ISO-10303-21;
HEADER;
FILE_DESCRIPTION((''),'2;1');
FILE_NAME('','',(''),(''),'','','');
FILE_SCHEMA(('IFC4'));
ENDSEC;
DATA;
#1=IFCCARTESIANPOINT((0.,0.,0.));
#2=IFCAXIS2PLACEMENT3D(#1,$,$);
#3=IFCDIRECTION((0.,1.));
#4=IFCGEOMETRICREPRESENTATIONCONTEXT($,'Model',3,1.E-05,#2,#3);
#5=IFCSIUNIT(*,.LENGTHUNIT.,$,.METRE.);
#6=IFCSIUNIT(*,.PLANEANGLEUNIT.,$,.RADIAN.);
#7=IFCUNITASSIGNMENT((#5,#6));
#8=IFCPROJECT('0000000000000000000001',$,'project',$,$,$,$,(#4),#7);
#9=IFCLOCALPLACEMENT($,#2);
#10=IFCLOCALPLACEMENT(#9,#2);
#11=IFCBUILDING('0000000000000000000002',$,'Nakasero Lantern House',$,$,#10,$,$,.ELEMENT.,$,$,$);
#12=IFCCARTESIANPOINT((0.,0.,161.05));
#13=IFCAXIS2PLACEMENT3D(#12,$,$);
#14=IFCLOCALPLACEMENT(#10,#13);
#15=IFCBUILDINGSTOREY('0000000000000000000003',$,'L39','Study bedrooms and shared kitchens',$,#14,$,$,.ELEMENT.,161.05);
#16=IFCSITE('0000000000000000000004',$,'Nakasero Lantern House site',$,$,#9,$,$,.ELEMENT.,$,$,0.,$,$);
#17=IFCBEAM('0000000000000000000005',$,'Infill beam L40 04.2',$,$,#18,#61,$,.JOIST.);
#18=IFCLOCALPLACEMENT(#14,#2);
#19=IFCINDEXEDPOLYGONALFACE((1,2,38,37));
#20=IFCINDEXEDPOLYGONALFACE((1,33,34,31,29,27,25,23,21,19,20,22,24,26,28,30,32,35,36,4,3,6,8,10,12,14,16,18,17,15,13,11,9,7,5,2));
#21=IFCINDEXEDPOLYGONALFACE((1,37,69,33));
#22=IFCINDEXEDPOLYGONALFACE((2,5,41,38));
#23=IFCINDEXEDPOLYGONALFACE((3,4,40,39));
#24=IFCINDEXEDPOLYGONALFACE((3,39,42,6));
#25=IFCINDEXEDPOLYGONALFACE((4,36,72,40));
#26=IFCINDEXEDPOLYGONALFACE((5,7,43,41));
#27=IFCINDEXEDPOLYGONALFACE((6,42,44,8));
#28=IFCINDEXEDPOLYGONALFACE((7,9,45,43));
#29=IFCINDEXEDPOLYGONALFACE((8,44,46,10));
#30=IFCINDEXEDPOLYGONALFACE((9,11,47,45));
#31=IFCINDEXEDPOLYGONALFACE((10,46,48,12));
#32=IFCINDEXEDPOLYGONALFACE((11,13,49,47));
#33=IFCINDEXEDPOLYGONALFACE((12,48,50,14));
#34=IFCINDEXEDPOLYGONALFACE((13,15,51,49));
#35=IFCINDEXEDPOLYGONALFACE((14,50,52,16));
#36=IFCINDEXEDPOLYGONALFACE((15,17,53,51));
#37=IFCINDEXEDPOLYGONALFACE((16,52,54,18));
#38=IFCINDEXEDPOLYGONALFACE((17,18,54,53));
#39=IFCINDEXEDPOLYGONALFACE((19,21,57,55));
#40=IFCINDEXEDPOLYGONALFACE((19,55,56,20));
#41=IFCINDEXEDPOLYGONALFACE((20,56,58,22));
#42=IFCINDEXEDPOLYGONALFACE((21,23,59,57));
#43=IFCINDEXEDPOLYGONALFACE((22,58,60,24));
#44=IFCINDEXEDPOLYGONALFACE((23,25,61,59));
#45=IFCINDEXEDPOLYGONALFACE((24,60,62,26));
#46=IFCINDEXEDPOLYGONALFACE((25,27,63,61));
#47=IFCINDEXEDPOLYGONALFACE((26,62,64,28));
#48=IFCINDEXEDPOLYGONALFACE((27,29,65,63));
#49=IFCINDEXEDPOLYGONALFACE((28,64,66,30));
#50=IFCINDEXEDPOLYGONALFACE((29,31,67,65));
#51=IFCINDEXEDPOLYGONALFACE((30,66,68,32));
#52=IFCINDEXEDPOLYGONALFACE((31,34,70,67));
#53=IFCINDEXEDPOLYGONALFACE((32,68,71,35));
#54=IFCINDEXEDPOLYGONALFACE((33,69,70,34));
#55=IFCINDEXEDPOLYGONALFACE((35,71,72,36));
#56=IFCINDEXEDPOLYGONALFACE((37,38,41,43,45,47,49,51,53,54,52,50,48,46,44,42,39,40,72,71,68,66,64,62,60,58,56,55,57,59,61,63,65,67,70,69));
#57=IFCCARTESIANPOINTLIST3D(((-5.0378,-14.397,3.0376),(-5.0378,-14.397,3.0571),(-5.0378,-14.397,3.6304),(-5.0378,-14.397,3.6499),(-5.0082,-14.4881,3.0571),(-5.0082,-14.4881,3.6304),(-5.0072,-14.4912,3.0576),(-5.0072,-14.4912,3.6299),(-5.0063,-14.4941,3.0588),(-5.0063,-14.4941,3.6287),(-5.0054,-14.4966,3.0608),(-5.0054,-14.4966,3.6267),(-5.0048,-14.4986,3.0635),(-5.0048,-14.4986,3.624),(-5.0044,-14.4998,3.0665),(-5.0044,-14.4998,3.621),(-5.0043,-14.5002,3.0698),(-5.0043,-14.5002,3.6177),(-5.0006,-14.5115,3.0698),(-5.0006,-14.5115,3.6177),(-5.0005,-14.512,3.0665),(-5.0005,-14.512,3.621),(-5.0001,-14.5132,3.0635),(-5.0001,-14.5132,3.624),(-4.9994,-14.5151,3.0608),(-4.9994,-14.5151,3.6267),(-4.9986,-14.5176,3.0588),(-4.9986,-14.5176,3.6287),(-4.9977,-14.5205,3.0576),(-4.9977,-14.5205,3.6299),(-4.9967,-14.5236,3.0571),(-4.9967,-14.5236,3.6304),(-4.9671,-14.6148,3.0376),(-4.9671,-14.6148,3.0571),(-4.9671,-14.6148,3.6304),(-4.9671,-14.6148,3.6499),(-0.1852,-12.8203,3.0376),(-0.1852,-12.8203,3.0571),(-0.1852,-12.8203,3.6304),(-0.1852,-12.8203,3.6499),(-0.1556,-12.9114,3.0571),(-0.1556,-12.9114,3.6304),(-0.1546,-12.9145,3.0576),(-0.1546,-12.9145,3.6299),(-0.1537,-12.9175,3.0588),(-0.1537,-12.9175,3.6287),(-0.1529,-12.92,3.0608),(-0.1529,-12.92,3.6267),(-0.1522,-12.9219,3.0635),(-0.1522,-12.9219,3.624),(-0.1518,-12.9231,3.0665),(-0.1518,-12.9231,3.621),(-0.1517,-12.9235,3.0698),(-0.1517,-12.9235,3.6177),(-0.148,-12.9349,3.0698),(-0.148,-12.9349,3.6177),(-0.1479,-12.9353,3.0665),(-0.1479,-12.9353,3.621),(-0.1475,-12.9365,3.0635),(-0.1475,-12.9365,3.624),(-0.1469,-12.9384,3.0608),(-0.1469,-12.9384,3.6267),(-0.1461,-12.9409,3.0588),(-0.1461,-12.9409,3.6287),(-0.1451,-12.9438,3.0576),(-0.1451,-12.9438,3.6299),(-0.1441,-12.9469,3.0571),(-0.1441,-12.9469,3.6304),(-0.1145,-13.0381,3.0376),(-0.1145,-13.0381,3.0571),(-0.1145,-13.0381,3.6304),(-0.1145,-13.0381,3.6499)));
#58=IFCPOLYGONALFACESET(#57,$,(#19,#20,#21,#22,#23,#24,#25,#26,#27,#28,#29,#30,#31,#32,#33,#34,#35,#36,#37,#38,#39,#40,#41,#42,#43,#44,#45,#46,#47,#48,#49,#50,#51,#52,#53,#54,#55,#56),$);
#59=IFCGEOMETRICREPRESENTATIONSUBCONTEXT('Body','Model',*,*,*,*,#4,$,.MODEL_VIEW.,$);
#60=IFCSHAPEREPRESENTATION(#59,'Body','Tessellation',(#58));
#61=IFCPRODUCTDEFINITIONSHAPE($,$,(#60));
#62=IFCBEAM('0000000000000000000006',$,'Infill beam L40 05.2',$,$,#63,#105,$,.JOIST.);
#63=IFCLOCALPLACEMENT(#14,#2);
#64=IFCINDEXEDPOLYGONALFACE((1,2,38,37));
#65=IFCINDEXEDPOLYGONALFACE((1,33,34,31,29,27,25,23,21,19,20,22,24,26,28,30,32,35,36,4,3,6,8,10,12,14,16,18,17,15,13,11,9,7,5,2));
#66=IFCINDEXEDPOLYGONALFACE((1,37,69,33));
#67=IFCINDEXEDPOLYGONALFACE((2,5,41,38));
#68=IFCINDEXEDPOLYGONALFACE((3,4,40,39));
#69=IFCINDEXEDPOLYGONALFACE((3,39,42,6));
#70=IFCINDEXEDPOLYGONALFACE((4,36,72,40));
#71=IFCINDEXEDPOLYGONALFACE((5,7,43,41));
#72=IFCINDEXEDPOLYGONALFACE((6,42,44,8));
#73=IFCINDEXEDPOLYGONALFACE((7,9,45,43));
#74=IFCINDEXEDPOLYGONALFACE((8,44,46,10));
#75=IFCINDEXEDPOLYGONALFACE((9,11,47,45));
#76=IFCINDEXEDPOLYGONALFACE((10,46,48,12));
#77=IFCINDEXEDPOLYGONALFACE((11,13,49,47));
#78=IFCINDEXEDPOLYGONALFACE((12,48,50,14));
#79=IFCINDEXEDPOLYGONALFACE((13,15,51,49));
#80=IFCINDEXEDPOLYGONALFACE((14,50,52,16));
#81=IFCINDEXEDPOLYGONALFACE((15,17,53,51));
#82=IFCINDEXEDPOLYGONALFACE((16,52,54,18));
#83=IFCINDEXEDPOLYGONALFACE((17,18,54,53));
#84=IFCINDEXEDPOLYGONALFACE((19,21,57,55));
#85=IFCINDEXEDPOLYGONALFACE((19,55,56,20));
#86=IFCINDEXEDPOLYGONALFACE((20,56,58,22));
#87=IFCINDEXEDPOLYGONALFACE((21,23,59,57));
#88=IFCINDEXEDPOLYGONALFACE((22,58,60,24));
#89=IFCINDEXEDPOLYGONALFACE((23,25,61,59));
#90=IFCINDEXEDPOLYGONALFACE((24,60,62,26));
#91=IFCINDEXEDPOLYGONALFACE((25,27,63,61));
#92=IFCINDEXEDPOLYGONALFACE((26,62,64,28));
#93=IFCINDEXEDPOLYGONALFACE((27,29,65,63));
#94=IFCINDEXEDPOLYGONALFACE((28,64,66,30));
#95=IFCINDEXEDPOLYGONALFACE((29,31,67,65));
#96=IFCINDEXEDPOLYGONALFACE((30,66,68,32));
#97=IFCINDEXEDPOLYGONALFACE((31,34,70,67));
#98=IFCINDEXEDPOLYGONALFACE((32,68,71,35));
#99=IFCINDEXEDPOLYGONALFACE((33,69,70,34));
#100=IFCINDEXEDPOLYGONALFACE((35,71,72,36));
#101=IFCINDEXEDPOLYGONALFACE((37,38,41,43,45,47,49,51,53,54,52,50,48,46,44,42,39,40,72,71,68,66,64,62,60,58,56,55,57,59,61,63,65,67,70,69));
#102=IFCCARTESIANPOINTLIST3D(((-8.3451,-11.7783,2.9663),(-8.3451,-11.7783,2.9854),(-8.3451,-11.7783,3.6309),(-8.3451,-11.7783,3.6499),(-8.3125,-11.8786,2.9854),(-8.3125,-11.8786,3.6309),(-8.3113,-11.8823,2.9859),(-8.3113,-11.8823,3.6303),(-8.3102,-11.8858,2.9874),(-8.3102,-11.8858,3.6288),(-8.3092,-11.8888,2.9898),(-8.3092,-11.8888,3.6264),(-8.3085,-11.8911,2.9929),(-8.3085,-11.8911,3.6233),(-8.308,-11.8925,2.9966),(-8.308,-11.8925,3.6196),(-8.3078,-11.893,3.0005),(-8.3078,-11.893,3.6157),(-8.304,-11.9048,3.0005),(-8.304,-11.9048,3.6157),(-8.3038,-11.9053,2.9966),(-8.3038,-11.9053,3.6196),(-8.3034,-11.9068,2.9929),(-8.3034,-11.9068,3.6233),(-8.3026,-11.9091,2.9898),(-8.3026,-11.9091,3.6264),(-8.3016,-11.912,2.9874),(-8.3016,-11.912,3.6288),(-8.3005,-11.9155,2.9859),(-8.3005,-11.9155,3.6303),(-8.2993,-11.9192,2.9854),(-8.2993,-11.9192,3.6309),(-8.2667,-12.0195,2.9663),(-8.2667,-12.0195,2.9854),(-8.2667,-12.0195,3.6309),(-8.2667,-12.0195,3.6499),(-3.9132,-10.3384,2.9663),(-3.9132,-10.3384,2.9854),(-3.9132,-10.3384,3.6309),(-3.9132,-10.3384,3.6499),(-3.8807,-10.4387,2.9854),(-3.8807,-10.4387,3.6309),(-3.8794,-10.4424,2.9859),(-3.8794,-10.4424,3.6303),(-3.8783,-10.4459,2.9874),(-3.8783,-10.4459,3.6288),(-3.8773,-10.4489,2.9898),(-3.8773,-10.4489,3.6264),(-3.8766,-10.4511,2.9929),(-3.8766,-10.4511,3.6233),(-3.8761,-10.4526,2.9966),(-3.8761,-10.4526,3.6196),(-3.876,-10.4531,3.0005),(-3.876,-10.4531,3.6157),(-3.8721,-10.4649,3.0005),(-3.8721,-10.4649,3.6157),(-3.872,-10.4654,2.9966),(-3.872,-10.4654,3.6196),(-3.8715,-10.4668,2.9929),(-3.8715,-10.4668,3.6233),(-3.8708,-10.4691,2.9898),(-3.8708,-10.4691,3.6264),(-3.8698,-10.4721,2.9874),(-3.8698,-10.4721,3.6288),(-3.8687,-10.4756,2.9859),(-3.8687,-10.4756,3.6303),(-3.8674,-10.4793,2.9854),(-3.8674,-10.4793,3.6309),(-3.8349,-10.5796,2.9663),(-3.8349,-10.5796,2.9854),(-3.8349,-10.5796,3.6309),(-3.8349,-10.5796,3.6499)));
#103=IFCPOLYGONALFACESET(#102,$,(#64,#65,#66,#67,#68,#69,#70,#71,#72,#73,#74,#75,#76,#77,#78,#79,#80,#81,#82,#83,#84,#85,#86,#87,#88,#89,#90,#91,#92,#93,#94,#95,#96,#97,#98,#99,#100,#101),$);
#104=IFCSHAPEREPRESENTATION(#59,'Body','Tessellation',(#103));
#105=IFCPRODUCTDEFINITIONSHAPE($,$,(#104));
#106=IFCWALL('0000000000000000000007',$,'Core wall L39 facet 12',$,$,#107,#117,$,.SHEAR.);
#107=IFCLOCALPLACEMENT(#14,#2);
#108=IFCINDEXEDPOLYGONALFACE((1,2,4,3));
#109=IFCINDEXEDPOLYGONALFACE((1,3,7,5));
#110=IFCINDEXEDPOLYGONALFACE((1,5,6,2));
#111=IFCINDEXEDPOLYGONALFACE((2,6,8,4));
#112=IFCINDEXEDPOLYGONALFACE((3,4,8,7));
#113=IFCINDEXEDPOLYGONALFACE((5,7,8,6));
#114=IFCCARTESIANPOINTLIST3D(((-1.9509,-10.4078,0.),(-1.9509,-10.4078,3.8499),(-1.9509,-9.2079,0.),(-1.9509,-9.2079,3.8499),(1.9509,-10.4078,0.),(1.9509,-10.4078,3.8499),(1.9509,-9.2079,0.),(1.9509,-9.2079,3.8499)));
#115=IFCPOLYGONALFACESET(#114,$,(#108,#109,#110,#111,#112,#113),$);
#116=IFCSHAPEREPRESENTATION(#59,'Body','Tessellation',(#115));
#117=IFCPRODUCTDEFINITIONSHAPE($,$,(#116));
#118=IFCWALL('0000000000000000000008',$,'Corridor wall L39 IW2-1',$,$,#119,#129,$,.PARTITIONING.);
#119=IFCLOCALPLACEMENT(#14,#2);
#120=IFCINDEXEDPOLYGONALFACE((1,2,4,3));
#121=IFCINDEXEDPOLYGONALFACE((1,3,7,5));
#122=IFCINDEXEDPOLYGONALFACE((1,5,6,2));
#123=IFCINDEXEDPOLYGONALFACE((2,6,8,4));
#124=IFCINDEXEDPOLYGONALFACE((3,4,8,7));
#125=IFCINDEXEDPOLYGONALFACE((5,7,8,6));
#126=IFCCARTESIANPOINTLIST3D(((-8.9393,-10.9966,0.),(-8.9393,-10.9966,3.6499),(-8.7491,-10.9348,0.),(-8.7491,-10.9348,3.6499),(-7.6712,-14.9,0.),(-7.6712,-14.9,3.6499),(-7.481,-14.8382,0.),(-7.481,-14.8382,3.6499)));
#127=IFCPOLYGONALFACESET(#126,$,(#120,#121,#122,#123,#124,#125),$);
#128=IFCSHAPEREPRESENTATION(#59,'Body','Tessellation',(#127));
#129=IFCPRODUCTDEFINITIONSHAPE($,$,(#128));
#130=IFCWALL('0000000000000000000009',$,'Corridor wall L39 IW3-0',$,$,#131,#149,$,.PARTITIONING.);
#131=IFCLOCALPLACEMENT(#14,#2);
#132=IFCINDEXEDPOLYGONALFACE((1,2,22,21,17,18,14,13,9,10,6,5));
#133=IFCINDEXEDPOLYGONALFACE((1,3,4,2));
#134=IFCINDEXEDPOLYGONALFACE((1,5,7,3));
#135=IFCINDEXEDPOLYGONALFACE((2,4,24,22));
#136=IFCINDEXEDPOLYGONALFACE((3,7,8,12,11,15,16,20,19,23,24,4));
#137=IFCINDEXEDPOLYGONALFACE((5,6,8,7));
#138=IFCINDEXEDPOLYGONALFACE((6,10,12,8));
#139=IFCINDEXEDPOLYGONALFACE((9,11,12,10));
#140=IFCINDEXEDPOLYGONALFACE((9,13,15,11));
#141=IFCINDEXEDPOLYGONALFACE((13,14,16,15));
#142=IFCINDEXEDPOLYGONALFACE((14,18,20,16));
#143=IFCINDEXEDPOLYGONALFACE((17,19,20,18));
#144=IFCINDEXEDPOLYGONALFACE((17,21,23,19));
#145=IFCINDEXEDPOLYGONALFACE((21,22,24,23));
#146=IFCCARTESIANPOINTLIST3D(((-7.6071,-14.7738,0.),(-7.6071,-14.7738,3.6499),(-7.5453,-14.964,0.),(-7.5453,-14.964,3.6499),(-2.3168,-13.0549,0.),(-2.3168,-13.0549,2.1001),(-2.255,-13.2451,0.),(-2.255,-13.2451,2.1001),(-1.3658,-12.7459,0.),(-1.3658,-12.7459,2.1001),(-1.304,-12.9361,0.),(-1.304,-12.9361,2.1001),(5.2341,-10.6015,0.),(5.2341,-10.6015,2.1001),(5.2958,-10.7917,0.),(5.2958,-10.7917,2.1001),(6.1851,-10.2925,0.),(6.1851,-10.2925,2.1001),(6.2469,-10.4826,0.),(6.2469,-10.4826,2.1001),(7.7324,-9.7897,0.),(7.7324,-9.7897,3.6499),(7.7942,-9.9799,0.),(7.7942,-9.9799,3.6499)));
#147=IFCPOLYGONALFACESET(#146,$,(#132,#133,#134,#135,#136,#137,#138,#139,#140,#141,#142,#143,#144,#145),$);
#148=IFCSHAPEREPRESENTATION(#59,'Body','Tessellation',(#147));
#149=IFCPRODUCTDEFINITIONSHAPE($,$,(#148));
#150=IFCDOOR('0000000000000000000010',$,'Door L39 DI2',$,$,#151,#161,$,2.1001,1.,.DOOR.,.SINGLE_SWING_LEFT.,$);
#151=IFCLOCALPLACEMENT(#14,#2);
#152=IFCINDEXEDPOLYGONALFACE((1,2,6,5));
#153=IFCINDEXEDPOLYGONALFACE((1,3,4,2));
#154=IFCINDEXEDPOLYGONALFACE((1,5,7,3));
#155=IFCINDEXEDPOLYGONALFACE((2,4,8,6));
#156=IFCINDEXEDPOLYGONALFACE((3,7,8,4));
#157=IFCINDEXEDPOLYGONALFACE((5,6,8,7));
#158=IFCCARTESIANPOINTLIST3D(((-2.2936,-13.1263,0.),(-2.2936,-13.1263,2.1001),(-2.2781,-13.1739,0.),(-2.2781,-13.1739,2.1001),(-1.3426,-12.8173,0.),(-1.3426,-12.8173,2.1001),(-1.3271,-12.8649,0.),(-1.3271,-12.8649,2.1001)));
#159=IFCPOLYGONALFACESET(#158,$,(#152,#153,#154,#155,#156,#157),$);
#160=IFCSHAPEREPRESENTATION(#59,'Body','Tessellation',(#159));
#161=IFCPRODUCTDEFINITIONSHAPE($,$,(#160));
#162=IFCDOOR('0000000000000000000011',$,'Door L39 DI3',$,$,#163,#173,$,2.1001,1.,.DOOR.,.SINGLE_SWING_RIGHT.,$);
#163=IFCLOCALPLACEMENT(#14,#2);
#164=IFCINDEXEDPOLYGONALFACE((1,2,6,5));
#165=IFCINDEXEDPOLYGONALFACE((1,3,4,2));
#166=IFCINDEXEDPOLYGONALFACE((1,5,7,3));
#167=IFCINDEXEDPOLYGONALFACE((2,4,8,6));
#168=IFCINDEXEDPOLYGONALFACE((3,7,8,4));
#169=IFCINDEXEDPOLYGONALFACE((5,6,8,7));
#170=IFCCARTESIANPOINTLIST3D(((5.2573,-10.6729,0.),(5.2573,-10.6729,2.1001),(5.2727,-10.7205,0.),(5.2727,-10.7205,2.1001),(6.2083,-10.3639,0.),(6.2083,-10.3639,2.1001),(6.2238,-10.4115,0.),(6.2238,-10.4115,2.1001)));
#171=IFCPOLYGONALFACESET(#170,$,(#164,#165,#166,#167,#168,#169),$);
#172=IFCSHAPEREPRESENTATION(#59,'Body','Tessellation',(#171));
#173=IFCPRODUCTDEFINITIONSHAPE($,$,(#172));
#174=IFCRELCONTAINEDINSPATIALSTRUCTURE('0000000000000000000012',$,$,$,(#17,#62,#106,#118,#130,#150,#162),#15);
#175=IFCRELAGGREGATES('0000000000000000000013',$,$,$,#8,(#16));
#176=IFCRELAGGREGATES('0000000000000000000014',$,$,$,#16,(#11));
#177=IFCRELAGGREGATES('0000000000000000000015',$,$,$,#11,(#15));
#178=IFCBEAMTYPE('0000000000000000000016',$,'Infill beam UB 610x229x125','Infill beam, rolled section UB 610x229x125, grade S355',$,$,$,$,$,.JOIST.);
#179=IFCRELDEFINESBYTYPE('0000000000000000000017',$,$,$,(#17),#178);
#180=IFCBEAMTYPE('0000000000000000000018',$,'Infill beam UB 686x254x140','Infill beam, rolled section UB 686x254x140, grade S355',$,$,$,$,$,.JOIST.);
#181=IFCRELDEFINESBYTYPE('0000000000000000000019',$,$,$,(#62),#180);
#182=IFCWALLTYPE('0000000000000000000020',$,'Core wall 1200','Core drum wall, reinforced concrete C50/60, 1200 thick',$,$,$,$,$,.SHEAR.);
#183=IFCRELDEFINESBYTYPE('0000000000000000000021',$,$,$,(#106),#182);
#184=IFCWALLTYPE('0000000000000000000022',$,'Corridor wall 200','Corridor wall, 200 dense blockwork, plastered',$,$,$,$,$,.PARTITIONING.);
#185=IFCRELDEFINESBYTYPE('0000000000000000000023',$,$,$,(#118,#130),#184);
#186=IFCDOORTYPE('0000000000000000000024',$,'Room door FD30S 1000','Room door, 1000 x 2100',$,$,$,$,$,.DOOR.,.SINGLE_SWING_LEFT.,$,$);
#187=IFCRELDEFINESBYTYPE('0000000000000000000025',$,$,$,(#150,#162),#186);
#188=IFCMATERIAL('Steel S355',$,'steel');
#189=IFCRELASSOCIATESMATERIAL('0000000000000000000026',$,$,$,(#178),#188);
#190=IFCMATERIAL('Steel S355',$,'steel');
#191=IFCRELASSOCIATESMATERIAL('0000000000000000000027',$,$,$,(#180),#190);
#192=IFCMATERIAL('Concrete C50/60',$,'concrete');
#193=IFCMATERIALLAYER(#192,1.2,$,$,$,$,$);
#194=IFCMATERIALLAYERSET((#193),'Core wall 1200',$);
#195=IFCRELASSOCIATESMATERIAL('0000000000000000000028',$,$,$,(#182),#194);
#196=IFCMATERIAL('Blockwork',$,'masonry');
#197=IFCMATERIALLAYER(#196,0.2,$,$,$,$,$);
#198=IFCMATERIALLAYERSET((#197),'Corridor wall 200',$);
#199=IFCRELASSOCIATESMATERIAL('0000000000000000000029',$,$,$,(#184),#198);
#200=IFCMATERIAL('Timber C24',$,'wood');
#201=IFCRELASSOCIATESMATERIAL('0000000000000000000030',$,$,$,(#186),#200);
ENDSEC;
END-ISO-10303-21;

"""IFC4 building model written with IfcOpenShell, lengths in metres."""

from ifc_helpers import new_model, si_unit, direction, frame, frame_2d, origin, origin_2d, place, context, subcontext, project, spatial, rectangle, i_section, extrude, material, layer, layer_set, material_profile, profile_set, type_object, element, fill, save


model = new_model("IFC4")

# Units and contexts
model_context = context("Model", 3, precision=1e-05, world=origin(), true_north=direction((0.0, 1.0)))
body_context = subcontext(model_context, "Body", "Model", "MODEL_VIEW")
ifc_project = project(units=[si_unit("LENGTHUNIT", "METRE"), si_unit("PLANEANGLEUNIT", "RADIAN")], contexts=[model_context])

# Site, building, storey
site_placement = place(None, origin())
site = spatial("IfcSite", under=ifc_project, at=site_placement, Name="Nakasero Lantern House site", CompositionType="ELEMENT", RefElevation=0.0)
building_placement = place(site_placement, origin())
building = spatial("IfcBuilding", under=site, at=building_placement, Name="Nakasero Lantern House", CompositionType="ELEMENT")
storey_placement = place(building_placement, frame((0.0, 0.0, 161.05)))
storey = spatial("IfcBuildingStorey", under=building, at=storey_placement, Name="L39", Description="Study bedrooms and shared kitchens", CompositionType="ELEMENT", Elevation=161.05)

# Beams
ifc_material_1 = material(Name="Steel S355", Category="steel")
ifc_material_profile_1 = material_profile(ifc_material_1, i_section(OverallWidth=0.229, OverallDepth=0.6123, WebThickness=0.012, FlangeThickness=0.0195, FilletRadius=0.0127, at=origin_2d()), Name="UB 610x229x125")
ifc_profile_set_1 = profile_set([ifc_material_profile_1], Name="Steel S355")
beam_type_1 = type_object("IfcBeamType", Name="Infill beam UB 610x229x125", Description="Infill beam, rolled section UB 610x229x125, grade S355", PredefinedType="JOIST", material=ifc_profile_set_1)
beam_1_placement = place(storey_placement, frame((-5.0024, -14.5059, 3.3438), z_axis=(0.951058, 0.309012, 0.0), x_axis=(-0.309012, 0.951058, 0.0)))
element("IfcBeam", 1, at=beam_1_placement, inside=storey, type_object=beam_type_1, Name="Infill beam L40 04.2", PredefinedType="JOIST", context=body_context, shape_type="SweptSolid", body=[
    extrude(i_section(OverallWidth=0.229, OverallDepth=0.6123, WebThickness=0.012, FlangeThickness=0.0195, FilletRadius=0.0127, at=origin_2d()), origin(), (0.0, 0.0, 1.0), 5.1023),
])
ifc_material_2 = material(Name="Steel S355", Category="steel")
ifc_material_profile_2 = material_profile(ifc_material_2, i_section(OverallWidth=0.2537, OverallDepth=0.6836, WebThickness=0.0125, FlangeThickness=0.019, FilletRadius=0.0151, at=origin_2d()), Name="UB 686x254x140")
ifc_profile_set_2 = profile_set([ifc_material_profile_2], Name="Steel S355")
beam_type_2 = type_object("IfcBeamType", Name="Infill beam UB 686x254x140", Description="Infill beam, rolled section UB 686x254x140, grade S355", PredefinedType="JOIST", material=ifc_profile_set_2)
beam_2_placement = place(storey_placement, frame((-8.3059, -11.8989, 3.3081), z_axis=(0.951061, 0.309004, 0.0), x_axis=(-0.309004, 0.951061, 0.0)))
element("IfcBeam", 2, at=beam_2_placement, inside=storey, type_object=beam_type_2, Name="Infill beam L40 05.2", PredefinedType="JOIST", context=body_context, shape_type="SweptSolid", body=[
    extrude(i_section(OverallWidth=0.2537, OverallDepth=0.6836, WebThickness=0.0125, FlangeThickness=0.019, FilletRadius=0.0151, at=origin_2d()), origin(), (0.0, 0.0, 1.0), 4.6599),
])

# Walls
ifc_material_3 = material(Name="Concrete C50/60", Category="concrete")
ifc_layer_1 = layer(ifc_material_3, 1.2)
ifc_layer_set_1 = layer_set([ifc_layer_1], Name="Core wall 1200")
wall_type_1 = type_object("IfcWallType", Name="Core wall 1200", Description="Core drum wall, reinforced concrete C50/60, 1200 thick", PredefinedType="SHEAR", material=ifc_layer_set_1)
wall_1_placement = place(storey_placement, frame((-1.9509, -9.8079, 0.0), z_axis=(0.0, 0.0, 1.0), x_axis=(1.0, 0.0, 0.0)))
element("IfcWall", 3, at=wall_1_placement, inside=storey, type_object=wall_type_1, Name="Core wall L39 facet 12", PredefinedType="SHEAR", context=body_context, shape_type="SweptSolid", body=[
    extrude(rectangle(XDim=3.9019, YDim=1.2, at=frame_2d((1.9509, 0.0))), origin(), (0.0, 0.0, 1.0), 3.8499),
])
ifc_material_4 = material(Name="Blockwork", Category="masonry")
ifc_layer_2 = layer(ifc_material_4, 0.2)
ifc_layer_set_2 = layer_set([ifc_layer_2], Name="Corridor wall 200")
wall_type_2 = type_object("IfcWallType", Name="Corridor wall 200", Description="Corridor wall, 200 dense blockwork, plastered", PredefinedType="PARTITIONING", material=ifc_layer_set_2)
wall_2_placement = place(storey_placement, frame((-8.8442, -10.9656, 0.0), z_axis=(0.0, 0.0, 1.0), x_axis=(0.308973, -0.951071, 0.0)))
element("IfcWall", 4, at=wall_2_placement, inside=storey, type_object=wall_type_2, Name="Corridor wall L39 IW2-1", PredefinedType="PARTITIONING", context=body_context, shape_type="SweptSolid", body=[
    extrude(rectangle(XDim=4.1042, YDim=0.2, at=frame_2d((2.0522, 0.0))), origin(), (0.0, 0.0, 1.0), 3.6499),
])

# Wall, openings, doors
wall_3_placement = place(storey_placement, frame((-7.5762, -14.8689, 0.0), z_axis=(0.0, 0.0, 1.0), x_axis=(0.951057, 0.309017, 0.0)))
wall_3 = element("IfcWall", 5, at=wall_3_placement, inside=storey, type_object=wall_type_2, Name="Corridor wall L39 IW3-0", PredefinedType="PARTITIONING", context=body_context, shape_type="SweptSolid", body=[
    extrude(rectangle(XDim=16.1289, YDim=0.2, at=frame_2d((8.0645, 0.0))), origin(), (0.0, 0.0, 1.0), 3.6499),
])
opening_1_placement = place(wall_3_placement, frame((5.5625, 0.0, 0.0)))
opening_1 = element("IfcOpeningElement", 6, at=opening_1_placement, cuts=wall_3, PredefinedType="OPENING", context=body_context, shape_type="SweptSolid", body=[
    extrude(rectangle(XDim=1.0, YDim=2.1001, at=frame_2d((0.5, 1.05))), frame((0.0, 0.1199, 0.0), z_axis=(0.0, -1.0, 0.0), x_axis=(1.0, 0.0, 0.0)), (0.0, 0.0, 1.0), 0.24),
])
opening_2_placement = place(wall_3_placement, frame((13.502, 0.0, 0.0)))
opening_2 = element("IfcOpeningElement", 7, at=opening_2_placement, cuts=wall_3, PredefinedType="OPENING", context=body_context, shape_type="SweptSolid", body=[
    extrude(rectangle(XDim=1.0, YDim=2.1001, at=frame_2d((0.5, 1.05))), frame((0.0, 0.1199, 0.0), z_axis=(0.0, -1.0, 0.0), x_axis=(1.0, 0.0, 0.0)), (0.0, 0.0, 1.0), 0.24),
])
ifc_material_5 = material(Name="Timber C24", Category="wood")
door_type_1 = type_object("IfcDoorType", Name="Room door FD30S 1000", Description="Room door, 1000 x 2100", OperationType="SINGLE_SWING_LEFT", PredefinedType="DOOR", material=ifc_material_5)
door_1_placement = place(opening_1_placement, origin())
door_1 = element("IfcDoor", 8, at=door_1_placement, inside=storey, type_object=door_type_1, Name="Door L39 DI2", OperationType="SINGLE_SWING_LEFT", OverallHeight=2.1001, OverallWidth=1.0, PredefinedType="DOOR", context=body_context, shape_type="SweptSolid", body=[
    extrude(rectangle(XDim=1.0, YDim=2.1001, at=frame_2d((0.5, 1.05))), frame((0.0, 0.0249, 0.0), z_axis=(0.0, -1.0, 0.0), x_axis=(1.0, 0.0, 0.0)), (0.0, 0.0, 1.0), 0.05),
])
fill(opening_1, door_1)
door_2_placement = place(opening_2_placement, origin())
door_2 = element("IfcDoor", 9, at=door_2_placement, inside=storey, type_object=door_type_1, Name="Door L39 DI3", OperationType="SINGLE_SWING_RIGHT", OverallHeight=2.1001, OverallWidth=1.0, PredefinedType="DOOR", context=body_context, shape_type="SweptSolid", body=[
    extrude(rectangle(XDim=1.0, YDim=2.1001, at=frame_2d((0.5, 1.05))), frame((0.0, 0.0249, 0.0), z_axis=(0.0, -1.0, 0.0), x_axis=(1.0, 0.0, 0.0)), (0.0, 0.0, 1.0), 0.05),
])
fill(opening_2, door_2)

save(model, "model.ifc")
